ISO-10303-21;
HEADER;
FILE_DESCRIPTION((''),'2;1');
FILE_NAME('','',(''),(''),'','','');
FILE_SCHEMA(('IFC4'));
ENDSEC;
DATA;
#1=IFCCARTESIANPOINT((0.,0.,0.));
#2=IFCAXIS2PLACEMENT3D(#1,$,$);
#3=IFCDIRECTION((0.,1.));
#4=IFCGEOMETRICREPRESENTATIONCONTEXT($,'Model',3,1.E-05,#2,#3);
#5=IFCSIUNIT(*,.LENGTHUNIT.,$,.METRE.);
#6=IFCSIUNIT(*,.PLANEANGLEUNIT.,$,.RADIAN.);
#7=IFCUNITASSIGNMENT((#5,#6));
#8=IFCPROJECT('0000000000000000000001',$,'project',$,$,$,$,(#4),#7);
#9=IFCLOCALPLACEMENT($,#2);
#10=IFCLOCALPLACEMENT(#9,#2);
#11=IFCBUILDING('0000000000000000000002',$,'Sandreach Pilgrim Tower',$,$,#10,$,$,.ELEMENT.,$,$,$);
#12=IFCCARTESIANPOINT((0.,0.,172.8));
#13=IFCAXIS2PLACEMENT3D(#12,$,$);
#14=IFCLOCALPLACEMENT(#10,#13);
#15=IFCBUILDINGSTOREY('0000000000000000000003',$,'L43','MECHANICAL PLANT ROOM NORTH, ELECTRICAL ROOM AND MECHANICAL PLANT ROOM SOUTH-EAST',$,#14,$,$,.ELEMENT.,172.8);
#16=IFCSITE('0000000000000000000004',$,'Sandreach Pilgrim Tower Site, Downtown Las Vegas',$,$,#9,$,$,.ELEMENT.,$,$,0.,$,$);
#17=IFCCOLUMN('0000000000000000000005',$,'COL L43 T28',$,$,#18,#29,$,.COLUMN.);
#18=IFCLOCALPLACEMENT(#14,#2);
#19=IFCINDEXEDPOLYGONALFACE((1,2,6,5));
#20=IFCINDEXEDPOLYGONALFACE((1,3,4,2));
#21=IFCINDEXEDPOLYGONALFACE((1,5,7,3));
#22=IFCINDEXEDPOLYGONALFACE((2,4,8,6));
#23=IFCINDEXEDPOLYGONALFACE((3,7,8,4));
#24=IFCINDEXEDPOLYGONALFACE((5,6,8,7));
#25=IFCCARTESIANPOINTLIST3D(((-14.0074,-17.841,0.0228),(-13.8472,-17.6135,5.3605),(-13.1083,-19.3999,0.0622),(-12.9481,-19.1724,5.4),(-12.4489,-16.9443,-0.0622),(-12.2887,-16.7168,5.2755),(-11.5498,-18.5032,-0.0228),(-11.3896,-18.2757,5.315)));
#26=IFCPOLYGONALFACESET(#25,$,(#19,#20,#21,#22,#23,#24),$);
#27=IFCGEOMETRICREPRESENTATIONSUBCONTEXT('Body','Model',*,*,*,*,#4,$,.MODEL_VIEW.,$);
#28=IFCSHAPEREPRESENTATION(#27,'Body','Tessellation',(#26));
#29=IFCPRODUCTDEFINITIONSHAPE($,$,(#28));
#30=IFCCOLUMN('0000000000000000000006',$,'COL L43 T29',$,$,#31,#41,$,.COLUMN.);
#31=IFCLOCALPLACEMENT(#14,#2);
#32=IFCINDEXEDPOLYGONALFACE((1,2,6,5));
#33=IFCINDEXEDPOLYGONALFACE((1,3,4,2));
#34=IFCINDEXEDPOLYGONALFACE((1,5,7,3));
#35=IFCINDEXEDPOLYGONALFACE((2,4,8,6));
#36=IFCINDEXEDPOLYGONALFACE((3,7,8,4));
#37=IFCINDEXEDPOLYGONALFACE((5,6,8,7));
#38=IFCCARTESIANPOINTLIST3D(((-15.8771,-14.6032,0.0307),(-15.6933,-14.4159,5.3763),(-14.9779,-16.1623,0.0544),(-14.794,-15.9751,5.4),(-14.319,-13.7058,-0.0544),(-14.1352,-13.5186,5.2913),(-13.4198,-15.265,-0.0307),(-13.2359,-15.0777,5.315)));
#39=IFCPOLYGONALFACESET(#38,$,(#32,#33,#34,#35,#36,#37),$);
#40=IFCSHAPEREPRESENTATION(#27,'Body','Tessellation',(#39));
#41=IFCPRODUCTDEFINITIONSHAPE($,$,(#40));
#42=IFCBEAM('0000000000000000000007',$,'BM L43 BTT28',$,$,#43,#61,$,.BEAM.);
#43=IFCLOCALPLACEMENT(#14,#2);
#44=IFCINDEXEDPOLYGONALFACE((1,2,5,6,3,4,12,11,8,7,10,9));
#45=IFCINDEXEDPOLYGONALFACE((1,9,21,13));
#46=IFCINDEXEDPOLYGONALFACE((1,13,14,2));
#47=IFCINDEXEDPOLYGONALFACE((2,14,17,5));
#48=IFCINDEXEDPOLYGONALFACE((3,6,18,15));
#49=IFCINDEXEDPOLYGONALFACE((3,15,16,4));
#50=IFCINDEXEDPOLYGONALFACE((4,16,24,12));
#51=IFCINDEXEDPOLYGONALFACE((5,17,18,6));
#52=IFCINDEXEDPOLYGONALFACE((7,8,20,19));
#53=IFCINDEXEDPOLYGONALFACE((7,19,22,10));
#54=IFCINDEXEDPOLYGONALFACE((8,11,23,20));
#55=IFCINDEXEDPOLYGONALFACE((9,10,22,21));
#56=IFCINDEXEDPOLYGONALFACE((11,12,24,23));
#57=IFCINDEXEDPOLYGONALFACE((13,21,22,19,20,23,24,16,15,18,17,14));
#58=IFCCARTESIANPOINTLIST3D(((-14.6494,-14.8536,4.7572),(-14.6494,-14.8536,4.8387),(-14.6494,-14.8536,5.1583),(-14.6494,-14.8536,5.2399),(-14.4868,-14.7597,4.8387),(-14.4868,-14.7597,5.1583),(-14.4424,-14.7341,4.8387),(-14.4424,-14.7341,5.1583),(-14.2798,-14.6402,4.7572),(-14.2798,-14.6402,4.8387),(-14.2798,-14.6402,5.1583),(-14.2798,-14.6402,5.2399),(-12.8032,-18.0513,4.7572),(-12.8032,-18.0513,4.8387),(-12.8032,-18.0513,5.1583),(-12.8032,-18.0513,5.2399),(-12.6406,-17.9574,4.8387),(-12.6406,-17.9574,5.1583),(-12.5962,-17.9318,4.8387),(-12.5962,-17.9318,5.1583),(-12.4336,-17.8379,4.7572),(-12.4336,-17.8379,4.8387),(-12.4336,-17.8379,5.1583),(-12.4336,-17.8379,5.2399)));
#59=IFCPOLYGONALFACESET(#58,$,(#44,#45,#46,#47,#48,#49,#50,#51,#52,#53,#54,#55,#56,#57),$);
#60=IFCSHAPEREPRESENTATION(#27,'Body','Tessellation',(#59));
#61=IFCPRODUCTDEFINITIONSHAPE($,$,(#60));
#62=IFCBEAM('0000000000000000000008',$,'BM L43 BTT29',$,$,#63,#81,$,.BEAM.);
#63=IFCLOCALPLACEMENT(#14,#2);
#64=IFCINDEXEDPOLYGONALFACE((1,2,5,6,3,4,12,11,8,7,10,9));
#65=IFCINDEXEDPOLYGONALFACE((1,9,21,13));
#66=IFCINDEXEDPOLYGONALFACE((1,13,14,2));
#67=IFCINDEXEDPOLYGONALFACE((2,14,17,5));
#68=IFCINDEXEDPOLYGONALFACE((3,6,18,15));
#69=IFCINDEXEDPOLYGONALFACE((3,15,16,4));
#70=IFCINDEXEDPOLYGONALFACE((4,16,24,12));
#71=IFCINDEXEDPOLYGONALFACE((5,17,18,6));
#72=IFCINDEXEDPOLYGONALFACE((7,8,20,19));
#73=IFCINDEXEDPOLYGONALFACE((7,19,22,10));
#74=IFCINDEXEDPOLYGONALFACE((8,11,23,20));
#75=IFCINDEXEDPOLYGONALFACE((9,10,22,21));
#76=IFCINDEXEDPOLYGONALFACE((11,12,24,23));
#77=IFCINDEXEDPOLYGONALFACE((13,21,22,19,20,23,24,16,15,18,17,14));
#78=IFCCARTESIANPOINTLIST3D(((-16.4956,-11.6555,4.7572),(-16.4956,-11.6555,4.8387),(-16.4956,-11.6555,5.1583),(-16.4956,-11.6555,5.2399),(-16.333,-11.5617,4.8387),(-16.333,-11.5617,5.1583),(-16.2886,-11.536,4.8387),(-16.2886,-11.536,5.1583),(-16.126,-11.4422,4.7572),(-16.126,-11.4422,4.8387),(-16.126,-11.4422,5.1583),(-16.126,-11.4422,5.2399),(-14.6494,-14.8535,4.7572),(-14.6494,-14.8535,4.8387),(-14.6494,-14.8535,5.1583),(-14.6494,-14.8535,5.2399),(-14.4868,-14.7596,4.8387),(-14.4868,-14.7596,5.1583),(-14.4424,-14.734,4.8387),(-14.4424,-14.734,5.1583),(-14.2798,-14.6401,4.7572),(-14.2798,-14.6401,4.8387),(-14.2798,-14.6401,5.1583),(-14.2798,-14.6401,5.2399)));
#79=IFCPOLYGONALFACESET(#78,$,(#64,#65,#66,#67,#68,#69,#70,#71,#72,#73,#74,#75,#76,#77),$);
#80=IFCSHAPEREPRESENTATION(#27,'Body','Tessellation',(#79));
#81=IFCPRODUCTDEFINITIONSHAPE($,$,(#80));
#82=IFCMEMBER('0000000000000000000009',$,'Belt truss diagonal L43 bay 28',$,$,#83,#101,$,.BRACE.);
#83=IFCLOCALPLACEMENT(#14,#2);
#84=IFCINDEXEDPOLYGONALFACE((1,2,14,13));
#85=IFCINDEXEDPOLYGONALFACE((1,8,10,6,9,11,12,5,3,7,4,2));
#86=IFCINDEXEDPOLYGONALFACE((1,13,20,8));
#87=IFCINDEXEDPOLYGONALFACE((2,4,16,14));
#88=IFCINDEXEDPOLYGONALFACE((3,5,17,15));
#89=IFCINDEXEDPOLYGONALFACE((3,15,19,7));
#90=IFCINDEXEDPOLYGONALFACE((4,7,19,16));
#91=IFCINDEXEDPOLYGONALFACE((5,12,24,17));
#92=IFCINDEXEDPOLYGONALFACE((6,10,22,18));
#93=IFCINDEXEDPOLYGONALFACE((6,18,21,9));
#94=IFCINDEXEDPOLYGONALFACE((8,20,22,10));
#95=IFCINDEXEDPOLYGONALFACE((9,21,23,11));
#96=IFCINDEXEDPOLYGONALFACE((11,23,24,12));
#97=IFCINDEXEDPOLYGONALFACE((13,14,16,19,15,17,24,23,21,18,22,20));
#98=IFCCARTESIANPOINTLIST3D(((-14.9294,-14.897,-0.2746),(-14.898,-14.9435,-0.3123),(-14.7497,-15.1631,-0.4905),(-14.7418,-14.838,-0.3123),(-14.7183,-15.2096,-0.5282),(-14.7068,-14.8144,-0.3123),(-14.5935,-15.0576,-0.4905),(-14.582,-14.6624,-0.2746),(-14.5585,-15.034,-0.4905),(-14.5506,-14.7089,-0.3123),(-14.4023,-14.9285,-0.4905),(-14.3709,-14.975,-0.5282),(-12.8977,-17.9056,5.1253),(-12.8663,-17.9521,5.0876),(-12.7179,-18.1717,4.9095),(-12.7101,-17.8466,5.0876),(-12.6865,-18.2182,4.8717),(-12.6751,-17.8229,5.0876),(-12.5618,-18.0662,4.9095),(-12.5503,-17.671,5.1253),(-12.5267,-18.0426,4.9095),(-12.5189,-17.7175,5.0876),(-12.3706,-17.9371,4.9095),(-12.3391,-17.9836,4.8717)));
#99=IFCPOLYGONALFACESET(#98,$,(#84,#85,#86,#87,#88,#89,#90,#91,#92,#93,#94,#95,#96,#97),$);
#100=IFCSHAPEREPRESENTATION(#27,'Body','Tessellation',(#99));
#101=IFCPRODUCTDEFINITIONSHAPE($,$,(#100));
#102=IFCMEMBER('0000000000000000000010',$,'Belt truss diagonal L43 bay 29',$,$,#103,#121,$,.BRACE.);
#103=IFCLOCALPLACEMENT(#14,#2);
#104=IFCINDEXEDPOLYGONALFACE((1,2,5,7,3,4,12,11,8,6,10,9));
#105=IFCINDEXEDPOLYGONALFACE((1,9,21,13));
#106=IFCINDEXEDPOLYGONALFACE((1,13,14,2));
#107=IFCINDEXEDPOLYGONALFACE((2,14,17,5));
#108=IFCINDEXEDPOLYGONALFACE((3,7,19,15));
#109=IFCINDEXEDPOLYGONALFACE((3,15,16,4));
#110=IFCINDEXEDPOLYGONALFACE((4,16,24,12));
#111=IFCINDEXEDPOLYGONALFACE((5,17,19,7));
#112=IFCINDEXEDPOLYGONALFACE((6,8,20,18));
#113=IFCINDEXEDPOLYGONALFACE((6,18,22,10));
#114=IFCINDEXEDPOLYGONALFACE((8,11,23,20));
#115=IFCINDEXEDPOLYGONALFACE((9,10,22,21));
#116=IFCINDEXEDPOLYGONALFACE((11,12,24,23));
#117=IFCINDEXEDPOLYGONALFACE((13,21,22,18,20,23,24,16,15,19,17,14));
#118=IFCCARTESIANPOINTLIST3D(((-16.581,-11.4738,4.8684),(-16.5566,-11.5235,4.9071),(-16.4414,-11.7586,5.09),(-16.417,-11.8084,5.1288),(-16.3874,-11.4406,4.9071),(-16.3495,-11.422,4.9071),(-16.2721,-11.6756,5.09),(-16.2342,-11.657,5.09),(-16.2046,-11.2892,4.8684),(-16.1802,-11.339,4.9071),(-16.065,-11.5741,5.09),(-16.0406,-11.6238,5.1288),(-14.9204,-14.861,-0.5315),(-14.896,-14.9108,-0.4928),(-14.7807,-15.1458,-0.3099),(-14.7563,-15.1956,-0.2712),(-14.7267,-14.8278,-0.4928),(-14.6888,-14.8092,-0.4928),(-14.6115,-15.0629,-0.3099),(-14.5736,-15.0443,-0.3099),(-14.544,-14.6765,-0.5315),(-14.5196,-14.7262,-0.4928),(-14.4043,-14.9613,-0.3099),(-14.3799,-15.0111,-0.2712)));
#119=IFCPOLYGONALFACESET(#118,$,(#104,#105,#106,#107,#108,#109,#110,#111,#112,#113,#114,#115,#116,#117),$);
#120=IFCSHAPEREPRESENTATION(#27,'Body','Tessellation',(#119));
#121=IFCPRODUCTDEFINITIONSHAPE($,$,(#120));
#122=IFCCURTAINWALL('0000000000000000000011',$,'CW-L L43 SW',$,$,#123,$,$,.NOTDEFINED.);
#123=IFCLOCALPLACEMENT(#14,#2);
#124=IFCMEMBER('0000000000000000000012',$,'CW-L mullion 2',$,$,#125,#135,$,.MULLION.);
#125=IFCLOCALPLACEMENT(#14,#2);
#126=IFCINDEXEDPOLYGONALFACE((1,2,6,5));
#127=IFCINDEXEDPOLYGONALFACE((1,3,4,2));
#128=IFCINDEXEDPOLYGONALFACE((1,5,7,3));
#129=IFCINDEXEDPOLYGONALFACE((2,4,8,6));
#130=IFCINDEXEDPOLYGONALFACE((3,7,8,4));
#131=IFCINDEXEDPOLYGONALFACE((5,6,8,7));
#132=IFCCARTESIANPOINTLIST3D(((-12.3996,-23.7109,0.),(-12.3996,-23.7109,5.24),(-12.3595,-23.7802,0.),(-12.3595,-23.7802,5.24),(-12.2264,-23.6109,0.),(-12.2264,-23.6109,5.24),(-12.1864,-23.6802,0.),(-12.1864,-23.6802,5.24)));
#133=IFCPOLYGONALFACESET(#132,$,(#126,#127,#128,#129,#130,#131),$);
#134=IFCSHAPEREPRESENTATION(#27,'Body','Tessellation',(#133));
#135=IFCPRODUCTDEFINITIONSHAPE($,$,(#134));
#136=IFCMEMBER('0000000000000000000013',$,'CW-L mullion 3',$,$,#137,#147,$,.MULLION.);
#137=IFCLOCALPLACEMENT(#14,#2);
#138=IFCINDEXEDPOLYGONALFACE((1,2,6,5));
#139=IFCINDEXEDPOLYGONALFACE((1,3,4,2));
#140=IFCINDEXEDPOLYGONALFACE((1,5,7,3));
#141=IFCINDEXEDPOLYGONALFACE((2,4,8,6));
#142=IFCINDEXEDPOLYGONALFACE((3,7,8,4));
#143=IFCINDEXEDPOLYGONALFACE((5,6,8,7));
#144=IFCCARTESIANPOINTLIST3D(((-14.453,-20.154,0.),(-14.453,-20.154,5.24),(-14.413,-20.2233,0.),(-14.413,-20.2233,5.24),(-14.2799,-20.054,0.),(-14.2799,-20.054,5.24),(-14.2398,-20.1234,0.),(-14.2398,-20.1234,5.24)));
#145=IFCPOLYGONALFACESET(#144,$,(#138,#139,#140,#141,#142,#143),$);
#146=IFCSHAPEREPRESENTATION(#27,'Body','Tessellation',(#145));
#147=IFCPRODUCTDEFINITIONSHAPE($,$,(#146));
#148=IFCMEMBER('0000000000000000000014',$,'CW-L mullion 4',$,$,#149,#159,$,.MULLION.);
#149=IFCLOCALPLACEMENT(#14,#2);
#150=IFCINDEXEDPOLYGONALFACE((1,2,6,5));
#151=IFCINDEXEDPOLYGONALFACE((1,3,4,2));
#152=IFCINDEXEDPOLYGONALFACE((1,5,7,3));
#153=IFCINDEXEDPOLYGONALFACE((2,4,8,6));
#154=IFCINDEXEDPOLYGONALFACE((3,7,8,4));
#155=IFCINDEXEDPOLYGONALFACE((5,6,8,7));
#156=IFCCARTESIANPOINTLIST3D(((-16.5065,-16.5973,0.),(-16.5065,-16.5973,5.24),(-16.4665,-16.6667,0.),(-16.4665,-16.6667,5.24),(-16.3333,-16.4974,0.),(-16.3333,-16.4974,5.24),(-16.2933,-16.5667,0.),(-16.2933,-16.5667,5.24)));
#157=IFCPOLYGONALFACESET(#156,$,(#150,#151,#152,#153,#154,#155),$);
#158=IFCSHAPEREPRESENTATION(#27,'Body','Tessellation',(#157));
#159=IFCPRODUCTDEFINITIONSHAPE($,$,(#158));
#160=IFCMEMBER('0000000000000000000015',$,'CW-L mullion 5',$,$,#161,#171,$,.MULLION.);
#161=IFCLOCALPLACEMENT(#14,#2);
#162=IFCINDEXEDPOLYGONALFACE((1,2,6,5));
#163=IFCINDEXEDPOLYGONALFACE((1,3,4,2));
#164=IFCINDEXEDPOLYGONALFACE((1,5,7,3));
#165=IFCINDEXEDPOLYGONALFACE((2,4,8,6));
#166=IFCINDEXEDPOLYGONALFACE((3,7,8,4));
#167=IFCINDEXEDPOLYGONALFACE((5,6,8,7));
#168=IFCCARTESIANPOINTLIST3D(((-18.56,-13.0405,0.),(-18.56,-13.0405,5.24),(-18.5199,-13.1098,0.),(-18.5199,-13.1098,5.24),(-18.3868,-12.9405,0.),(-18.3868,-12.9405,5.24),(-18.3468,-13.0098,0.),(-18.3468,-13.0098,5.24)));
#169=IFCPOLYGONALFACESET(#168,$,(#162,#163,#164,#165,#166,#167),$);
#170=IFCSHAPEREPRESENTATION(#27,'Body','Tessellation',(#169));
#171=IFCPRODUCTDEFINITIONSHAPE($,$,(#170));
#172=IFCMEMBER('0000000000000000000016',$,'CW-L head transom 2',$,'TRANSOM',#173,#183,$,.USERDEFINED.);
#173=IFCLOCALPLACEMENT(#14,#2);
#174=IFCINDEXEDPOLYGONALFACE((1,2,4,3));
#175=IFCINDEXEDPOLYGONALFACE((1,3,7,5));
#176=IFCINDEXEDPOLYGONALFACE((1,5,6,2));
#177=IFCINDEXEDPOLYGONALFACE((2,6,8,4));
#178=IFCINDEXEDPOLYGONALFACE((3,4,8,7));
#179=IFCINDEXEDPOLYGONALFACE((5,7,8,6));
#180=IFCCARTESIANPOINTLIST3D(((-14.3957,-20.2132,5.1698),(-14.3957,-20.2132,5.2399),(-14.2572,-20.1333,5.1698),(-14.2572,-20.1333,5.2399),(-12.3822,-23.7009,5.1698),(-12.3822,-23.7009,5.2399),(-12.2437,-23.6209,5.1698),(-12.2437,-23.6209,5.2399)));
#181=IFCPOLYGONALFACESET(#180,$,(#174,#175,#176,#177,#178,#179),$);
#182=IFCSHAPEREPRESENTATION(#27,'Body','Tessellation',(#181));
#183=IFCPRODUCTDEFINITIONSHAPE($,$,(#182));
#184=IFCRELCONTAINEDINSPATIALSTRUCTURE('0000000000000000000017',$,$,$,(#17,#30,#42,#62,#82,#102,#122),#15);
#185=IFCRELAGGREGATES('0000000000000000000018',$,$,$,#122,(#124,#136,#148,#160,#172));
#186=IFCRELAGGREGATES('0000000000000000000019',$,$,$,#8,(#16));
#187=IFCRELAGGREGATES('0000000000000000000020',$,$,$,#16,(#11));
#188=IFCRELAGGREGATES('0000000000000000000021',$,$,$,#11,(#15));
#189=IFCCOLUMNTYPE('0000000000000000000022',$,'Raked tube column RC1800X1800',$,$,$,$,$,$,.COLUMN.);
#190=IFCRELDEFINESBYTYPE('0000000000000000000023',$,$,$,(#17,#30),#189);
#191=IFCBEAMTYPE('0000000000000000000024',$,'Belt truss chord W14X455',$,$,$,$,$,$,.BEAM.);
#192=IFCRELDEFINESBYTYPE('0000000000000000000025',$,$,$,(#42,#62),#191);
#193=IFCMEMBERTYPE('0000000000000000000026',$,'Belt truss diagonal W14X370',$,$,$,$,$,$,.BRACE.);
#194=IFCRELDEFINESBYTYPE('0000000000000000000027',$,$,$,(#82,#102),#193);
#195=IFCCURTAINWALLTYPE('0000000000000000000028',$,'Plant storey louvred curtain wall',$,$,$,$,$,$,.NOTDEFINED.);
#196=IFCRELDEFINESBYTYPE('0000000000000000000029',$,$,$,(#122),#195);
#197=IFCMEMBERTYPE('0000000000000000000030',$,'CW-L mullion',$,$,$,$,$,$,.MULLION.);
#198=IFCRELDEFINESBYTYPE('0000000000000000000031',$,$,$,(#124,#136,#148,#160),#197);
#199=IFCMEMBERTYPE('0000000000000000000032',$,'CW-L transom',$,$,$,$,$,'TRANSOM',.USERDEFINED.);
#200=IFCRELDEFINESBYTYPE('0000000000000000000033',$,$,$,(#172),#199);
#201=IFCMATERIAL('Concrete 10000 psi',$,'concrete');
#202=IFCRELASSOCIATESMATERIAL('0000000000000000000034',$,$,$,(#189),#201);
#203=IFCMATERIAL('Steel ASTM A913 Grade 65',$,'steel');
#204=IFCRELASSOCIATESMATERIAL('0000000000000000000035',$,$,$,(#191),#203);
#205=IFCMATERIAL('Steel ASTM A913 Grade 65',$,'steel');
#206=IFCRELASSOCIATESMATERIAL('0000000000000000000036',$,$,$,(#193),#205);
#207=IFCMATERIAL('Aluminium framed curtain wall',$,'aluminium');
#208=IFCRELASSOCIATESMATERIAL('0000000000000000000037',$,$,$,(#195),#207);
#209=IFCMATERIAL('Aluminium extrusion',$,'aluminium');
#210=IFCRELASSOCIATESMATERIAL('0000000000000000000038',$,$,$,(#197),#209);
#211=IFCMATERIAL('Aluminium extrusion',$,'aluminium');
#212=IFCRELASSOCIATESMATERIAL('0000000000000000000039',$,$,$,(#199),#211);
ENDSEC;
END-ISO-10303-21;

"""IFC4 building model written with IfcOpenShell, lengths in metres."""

from ifc_helpers import new_model, si_unit, direction, frame, origin, origin_2d, place, context, subcontext, project, spatial, rectangle, i_section, extrude, material, material_profile, profile_set, type_object, element, aggregate, save


model = new_model("IFC4")

# Units and contexts
model_context = context("Model", 3, precision=1e-05, world=origin(), true_north=direction((0.0, 1.0)))
body_context = subcontext(model_context, "Body", "Model", "MODEL_VIEW")
ifc_project = project(units=[si_unit("LENGTHUNIT", "METRE"), si_unit("PLANEANGLEUNIT", "RADIAN")], contexts=[model_context])

# Site, building, storey
site_placement = place(None, origin())
site = spatial("IfcSite", under=ifc_project, at=site_placement, Name="Sandreach Pilgrim Tower Site, Downtown Las Vegas", CompositionType="ELEMENT", RefElevation=0.0)
building_placement = place(site_placement, origin())
building = spatial("IfcBuilding", under=site, at=building_placement, Name="Sandreach Pilgrim Tower", CompositionType="ELEMENT")
storey_placement = place(building_placement, frame((0.0, 0.0, 172.8)))
storey = spatial("IfcBuildingStorey", under=building, at=storey_placement, Name="L43", Description="MECHANICAL PLANT ROOM NORTH, ELECTRICAL ROOM AND MECHANICAL PLANT ROOM SOUTH-EAST", CompositionType="ELEMENT", Elevation=172.8)

# Columns
ifc_material_1 = material(Name="Concrete 10000 psi", Category="concrete")
ifc_material_profile_1 = material_profile(ifc_material_1, rectangle(XDim=1.8, YDim=1.8, at=origin_2d()), Name="RC1800X1800")
ifc_profile_set_1 = profile_set([ifc_material_profile_1], Name="Concrete 10000 psi")
column_type = type_object("IfcColumnType", Name="Raked tube column RC1800X1800", PredefinedType="COLUMN", material=ifc_profile_set_1)
column_1_placement = place(storey_placement, frame((-12.7786, -18.1721, 0.0), z_axis=(0.029964, 0.042571, 0.998644), x_axis=(-0.865802, -0.498155, 0.047214)))
element("IfcColumn", 1, at=column_1_placement, inside=storey, type_object=column_type, Name="COL L43 T28", PredefinedType="COLUMN", context=body_context, shape_type="SweptSolid", body=[
    extrude(rectangle(XDim=1.8, YDim=1.8, at=origin_2d()), origin(), (0.0, 0.0, 1.0), 5.345),
])
column_2_placement = place(storey_placement, frame((-14.6484, -14.9341, 0.0), z_axis=(0.034348, 0.034987, 0.998797), x_axis=(-0.865592, -0.498517, 0.04723)))
element("IfcColumn", 2, at=column_2_placement, inside=storey, type_object=column_type, Name="COL L43 T29", PredefinedType="COLUMN", context=body_context, shape_type="SweptSolid", body=[
    extrude(rectangle(XDim=1.8, YDim=1.8, at=origin_2d()), origin(), (0.0, 0.0, 1.0), 5.3521),
])

# Beams
ifc_material_2 = material(Name="Steel ASTM A913 Grade 65", Category="steel")
ifc_material_profile_2 = material_profile(ifc_material_2, i_section(OverallWidth=0.4268, OverallDepth=0.4827, WebThickness=0.0513, FlangeThickness=0.0815, at=origin_2d()), Name="W14X455")
ifc_profile_set_2 = profile_set([ifc_material_profile_2], Name="Steel ASTM A913 Grade 65")
beam_type_1 = type_object("IfcBeamType", Name="Belt truss chord W14X455", PredefinedType="BEAM", material=ifc_profile_set_2)
beam_1_placement = place(storey_placement, frame((-12.6184, -17.9446, 4.9985), z_axis=(-0.499993, 0.866029, 0.0), x_axis=(-0.866029, -0.499993, 0.0)))
element("IfcBeam", 3, at=beam_1_placement, inside=storey, type_object=beam_type_1, Name="BM L43 BTT28", PredefinedType="BEAM", context=body_context, shape_type="SweptSolid", body=[
    extrude(i_section(OverallWidth=0.4268, OverallDepth=0.4827, WebThickness=0.0513, FlangeThickness=0.0815, at=origin_2d()), origin(), (0.0, 0.0, 1.0), 3.6924),
])
beam_2_placement = place(storey_placement, frame((-14.4646, -14.7468, 4.9985), z_axis=(-0.499965, 0.866046, 0.0), x_axis=(-0.866046, -0.499965, 0.0)))
element("IfcBeam", 4, at=beam_2_placement, inside=storey, type_object=beam_type_1, Name="BM L43 BTT29", PredefinedType="BEAM", context=body_context, shape_type="SweptSolid", body=[
    extrude(i_section(OverallWidth=0.4268, OverallDepth=0.4827, WebThickness=0.0513, FlangeThickness=0.0815, at=origin_2d()), origin(), (0.0, 0.0, 1.0), 3.6926),
])

# Members
ifc_material_3 = material(Name="Steel ASTM A913 Grade 65", Category="steel")
ifc_material_profile_3 = material_profile(ifc_material_3, i_section(OverallWidth=0.4192, OverallDepth=0.4546, WebThickness=0.0422, FlangeThickness=0.0676, at=origin_2d()), Name="W14X370")
ifc_profile_set_3 = profile_set([ifc_material_profile_3], Name="Steel ASTM A913 Grade 65")
member_type_1 = type_object("IfcMemberType", Name="Belt truss diagonal W14X370", PredefinedType="BRACE", material=ifc_profile_set_3)
member_1_placement = place(storey_placement, frame((-12.6184, -17.9446, 4.9985), z_axis=(-0.312249, 0.46237, -0.829888), x_axis=(-0.828725, -0.559656, 0.0)))
element("IfcMember", 5, at=member_1_placement, inside=storey, type_object=member_type_1, Name="Belt truss diagonal L43 bay 28", PredefinedType="BRACE", context=body_context, shape_type="SweptSolid", body=[
    extrude(i_section(OverallWidth=0.4192, OverallDepth=0.4546, WebThickness=0.0422, FlangeThickness=0.0676, at=origin_2d()), origin(), (0.0, 0.0, 1.0), 6.5068),
])
member_2_placement = place(storey_placement, frame((-14.6501, -14.936, -0.4014), z_axis=(-0.252106, 0.514218, 0.81977), x_axis=(-0.897895, -0.44021, 0.0)))
element("IfcMember", 6, at=member_2_placement, inside=storey, type_object=member_type_1, Name="Belt truss diagonal L43 bay 29", PredefinedType="BRACE", context=body_context, shape_type="SweptSolid", body=[
    extrude(i_section(OverallWidth=0.4192, OverallDepth=0.4546, WebThickness=0.0422, FlangeThickness=0.0676, at=origin_2d()), origin(), (0.0, 0.0, 1.0), 6.5872),
])

# Curtain wall, members
ifc_material_4 = material(Name="Aluminium framed curtain wall", Category="aluminium")
curtain_wall_type = type_object("IfcCurtainWallType", Name="Plant storey louvred curtain wall", PredefinedType="NOTDEFINED", material=ifc_material_4)
curtain_wall_placement = place(storey_placement, origin())
curtain_wall = element("IfcCurtainWall", 7, at=curtain_wall_placement, inside=storey, type_object=curtain_wall_type, Name="CW-L L43 SW", PredefinedType="NOTDEFINED")
ifc_material_5 = material(Name="Aluminium extrusion", Category="aluminium")
ifc_material_profile_4 = material_profile(ifc_material_5, rectangle(XDim=0.0801, YDim=0.2, at=origin_2d()), Name="CW-LM 80X200")
ifc_profile_set_4 = profile_set([ifc_material_profile_4], Name="Aluminium extrusion")
member_type_2 = type_object("IfcMemberType", Name="CW-L mullion", PredefinedType="MULLION", material=ifc_profile_set_4)
member_3_placement = place(storey_placement, frame((-12.293, -23.6956, 0.0), z_axis=(0.0, 0.0, 1.0), x_axis=(-0.5, 0.866025, 0.0)))
member_3 = element("IfcMember", 8, at=member_3_placement, type_object=member_type_2, Name="CW-L mullion 2", PredefinedType="MULLION", context=body_context, shape_type="SweptSolid", body=[
    extrude(rectangle(XDim=0.0801, YDim=0.2, at=origin_2d()), origin(), (0.0, 0.0, 1.0), 5.24),
])
member_4_placement = place(storey_placement, frame((-14.3464, -20.1387, 0.0), z_axis=(0.0, 0.0, 1.0), x_axis=(-0.5, 0.866025, 0.0)))
member_4 = element("IfcMember", 9, at=member_4_placement, type_object=member_type_2, Name="CW-L mullion 3", PredefinedType="MULLION", context=body_context, shape_type="SweptSolid", body=[
    extrude(rectangle(XDim=0.0801, YDim=0.2, at=origin_2d()), origin(), (0.0, 0.0, 1.0), 5.24),
])
member_5_placement = place(storey_placement, frame((-16.3999, -16.582, 0.0), z_axis=(0.0, 0.0, 1.0), x_axis=(-0.5, 0.866025, 0.0)))
member_5 = element("IfcMember", 10, at=member_5_placement, type_object=member_type_2, Name="CW-L mullion 4", PredefinedType="MULLION", context=body_context, shape_type="SweptSolid", body=[
    extrude(rectangle(XDim=0.0801, YDim=0.2, at=origin_2d()), origin(), (0.0, 0.0, 1.0), 5.24),
])
member_6_placement = place(storey_placement, frame((-18.4534, -13.0251, 0.0), z_axis=(0.0, 0.0, 1.0), x_axis=(-0.5, 0.866025, 0.0)))
member_6 = element("IfcMember", 11, at=member_6_placement, type_object=member_type_2, Name="CW-L mullion 5", PredefinedType="MULLION", context=body_context, shape_type="SweptSolid", body=[
    extrude(rectangle(XDim=0.0801, YDim=0.2, at=origin_2d()), origin(), (0.0, 0.0, 1.0), 5.24),
])
ifc_material_6 = material(Name="Aluminium extrusion", Category="aluminium")
ifc_material_profile_5 = material_profile(ifc_material_6, rectangle(XDim=0.1599, YDim=0.0701, at=origin_2d()), Name="CW-LT 160X70")
ifc_profile_set_5 = profile_set([ifc_material_profile_5], Name="Aluminium extrusion")
member_type_3 = type_object("IfcMemberType", Name="CW-L transom", ElementType="TRANSOM", PredefinedType="USERDEFINED", material=ifc_profile_set_5)
member_7_placement = place(storey_placement, frame((-12.313, -23.6609, 5.2048), z_axis=(-0.49998, 0.866037, 0.0), x_axis=(-0.866037, -0.49998, 0.0)))
member_7 = element("IfcMember", 12, at=member_7_placement, type_object=member_type_3, Name="CW-L head transom 2", ObjectType="TRANSOM", PredefinedType="USERDEFINED", context=body_context, shape_type="SweptSolid", body=[
    extrude(rectangle(XDim=0.1599, YDim=0.0701, at=origin_2d()), origin(), (0.0, 0.0, 1.0), 4.0271),
])

aggregate(curtain_wall, [member_3, member_4, member_5, member_6, member_7])

save(model, "model.ifc")
